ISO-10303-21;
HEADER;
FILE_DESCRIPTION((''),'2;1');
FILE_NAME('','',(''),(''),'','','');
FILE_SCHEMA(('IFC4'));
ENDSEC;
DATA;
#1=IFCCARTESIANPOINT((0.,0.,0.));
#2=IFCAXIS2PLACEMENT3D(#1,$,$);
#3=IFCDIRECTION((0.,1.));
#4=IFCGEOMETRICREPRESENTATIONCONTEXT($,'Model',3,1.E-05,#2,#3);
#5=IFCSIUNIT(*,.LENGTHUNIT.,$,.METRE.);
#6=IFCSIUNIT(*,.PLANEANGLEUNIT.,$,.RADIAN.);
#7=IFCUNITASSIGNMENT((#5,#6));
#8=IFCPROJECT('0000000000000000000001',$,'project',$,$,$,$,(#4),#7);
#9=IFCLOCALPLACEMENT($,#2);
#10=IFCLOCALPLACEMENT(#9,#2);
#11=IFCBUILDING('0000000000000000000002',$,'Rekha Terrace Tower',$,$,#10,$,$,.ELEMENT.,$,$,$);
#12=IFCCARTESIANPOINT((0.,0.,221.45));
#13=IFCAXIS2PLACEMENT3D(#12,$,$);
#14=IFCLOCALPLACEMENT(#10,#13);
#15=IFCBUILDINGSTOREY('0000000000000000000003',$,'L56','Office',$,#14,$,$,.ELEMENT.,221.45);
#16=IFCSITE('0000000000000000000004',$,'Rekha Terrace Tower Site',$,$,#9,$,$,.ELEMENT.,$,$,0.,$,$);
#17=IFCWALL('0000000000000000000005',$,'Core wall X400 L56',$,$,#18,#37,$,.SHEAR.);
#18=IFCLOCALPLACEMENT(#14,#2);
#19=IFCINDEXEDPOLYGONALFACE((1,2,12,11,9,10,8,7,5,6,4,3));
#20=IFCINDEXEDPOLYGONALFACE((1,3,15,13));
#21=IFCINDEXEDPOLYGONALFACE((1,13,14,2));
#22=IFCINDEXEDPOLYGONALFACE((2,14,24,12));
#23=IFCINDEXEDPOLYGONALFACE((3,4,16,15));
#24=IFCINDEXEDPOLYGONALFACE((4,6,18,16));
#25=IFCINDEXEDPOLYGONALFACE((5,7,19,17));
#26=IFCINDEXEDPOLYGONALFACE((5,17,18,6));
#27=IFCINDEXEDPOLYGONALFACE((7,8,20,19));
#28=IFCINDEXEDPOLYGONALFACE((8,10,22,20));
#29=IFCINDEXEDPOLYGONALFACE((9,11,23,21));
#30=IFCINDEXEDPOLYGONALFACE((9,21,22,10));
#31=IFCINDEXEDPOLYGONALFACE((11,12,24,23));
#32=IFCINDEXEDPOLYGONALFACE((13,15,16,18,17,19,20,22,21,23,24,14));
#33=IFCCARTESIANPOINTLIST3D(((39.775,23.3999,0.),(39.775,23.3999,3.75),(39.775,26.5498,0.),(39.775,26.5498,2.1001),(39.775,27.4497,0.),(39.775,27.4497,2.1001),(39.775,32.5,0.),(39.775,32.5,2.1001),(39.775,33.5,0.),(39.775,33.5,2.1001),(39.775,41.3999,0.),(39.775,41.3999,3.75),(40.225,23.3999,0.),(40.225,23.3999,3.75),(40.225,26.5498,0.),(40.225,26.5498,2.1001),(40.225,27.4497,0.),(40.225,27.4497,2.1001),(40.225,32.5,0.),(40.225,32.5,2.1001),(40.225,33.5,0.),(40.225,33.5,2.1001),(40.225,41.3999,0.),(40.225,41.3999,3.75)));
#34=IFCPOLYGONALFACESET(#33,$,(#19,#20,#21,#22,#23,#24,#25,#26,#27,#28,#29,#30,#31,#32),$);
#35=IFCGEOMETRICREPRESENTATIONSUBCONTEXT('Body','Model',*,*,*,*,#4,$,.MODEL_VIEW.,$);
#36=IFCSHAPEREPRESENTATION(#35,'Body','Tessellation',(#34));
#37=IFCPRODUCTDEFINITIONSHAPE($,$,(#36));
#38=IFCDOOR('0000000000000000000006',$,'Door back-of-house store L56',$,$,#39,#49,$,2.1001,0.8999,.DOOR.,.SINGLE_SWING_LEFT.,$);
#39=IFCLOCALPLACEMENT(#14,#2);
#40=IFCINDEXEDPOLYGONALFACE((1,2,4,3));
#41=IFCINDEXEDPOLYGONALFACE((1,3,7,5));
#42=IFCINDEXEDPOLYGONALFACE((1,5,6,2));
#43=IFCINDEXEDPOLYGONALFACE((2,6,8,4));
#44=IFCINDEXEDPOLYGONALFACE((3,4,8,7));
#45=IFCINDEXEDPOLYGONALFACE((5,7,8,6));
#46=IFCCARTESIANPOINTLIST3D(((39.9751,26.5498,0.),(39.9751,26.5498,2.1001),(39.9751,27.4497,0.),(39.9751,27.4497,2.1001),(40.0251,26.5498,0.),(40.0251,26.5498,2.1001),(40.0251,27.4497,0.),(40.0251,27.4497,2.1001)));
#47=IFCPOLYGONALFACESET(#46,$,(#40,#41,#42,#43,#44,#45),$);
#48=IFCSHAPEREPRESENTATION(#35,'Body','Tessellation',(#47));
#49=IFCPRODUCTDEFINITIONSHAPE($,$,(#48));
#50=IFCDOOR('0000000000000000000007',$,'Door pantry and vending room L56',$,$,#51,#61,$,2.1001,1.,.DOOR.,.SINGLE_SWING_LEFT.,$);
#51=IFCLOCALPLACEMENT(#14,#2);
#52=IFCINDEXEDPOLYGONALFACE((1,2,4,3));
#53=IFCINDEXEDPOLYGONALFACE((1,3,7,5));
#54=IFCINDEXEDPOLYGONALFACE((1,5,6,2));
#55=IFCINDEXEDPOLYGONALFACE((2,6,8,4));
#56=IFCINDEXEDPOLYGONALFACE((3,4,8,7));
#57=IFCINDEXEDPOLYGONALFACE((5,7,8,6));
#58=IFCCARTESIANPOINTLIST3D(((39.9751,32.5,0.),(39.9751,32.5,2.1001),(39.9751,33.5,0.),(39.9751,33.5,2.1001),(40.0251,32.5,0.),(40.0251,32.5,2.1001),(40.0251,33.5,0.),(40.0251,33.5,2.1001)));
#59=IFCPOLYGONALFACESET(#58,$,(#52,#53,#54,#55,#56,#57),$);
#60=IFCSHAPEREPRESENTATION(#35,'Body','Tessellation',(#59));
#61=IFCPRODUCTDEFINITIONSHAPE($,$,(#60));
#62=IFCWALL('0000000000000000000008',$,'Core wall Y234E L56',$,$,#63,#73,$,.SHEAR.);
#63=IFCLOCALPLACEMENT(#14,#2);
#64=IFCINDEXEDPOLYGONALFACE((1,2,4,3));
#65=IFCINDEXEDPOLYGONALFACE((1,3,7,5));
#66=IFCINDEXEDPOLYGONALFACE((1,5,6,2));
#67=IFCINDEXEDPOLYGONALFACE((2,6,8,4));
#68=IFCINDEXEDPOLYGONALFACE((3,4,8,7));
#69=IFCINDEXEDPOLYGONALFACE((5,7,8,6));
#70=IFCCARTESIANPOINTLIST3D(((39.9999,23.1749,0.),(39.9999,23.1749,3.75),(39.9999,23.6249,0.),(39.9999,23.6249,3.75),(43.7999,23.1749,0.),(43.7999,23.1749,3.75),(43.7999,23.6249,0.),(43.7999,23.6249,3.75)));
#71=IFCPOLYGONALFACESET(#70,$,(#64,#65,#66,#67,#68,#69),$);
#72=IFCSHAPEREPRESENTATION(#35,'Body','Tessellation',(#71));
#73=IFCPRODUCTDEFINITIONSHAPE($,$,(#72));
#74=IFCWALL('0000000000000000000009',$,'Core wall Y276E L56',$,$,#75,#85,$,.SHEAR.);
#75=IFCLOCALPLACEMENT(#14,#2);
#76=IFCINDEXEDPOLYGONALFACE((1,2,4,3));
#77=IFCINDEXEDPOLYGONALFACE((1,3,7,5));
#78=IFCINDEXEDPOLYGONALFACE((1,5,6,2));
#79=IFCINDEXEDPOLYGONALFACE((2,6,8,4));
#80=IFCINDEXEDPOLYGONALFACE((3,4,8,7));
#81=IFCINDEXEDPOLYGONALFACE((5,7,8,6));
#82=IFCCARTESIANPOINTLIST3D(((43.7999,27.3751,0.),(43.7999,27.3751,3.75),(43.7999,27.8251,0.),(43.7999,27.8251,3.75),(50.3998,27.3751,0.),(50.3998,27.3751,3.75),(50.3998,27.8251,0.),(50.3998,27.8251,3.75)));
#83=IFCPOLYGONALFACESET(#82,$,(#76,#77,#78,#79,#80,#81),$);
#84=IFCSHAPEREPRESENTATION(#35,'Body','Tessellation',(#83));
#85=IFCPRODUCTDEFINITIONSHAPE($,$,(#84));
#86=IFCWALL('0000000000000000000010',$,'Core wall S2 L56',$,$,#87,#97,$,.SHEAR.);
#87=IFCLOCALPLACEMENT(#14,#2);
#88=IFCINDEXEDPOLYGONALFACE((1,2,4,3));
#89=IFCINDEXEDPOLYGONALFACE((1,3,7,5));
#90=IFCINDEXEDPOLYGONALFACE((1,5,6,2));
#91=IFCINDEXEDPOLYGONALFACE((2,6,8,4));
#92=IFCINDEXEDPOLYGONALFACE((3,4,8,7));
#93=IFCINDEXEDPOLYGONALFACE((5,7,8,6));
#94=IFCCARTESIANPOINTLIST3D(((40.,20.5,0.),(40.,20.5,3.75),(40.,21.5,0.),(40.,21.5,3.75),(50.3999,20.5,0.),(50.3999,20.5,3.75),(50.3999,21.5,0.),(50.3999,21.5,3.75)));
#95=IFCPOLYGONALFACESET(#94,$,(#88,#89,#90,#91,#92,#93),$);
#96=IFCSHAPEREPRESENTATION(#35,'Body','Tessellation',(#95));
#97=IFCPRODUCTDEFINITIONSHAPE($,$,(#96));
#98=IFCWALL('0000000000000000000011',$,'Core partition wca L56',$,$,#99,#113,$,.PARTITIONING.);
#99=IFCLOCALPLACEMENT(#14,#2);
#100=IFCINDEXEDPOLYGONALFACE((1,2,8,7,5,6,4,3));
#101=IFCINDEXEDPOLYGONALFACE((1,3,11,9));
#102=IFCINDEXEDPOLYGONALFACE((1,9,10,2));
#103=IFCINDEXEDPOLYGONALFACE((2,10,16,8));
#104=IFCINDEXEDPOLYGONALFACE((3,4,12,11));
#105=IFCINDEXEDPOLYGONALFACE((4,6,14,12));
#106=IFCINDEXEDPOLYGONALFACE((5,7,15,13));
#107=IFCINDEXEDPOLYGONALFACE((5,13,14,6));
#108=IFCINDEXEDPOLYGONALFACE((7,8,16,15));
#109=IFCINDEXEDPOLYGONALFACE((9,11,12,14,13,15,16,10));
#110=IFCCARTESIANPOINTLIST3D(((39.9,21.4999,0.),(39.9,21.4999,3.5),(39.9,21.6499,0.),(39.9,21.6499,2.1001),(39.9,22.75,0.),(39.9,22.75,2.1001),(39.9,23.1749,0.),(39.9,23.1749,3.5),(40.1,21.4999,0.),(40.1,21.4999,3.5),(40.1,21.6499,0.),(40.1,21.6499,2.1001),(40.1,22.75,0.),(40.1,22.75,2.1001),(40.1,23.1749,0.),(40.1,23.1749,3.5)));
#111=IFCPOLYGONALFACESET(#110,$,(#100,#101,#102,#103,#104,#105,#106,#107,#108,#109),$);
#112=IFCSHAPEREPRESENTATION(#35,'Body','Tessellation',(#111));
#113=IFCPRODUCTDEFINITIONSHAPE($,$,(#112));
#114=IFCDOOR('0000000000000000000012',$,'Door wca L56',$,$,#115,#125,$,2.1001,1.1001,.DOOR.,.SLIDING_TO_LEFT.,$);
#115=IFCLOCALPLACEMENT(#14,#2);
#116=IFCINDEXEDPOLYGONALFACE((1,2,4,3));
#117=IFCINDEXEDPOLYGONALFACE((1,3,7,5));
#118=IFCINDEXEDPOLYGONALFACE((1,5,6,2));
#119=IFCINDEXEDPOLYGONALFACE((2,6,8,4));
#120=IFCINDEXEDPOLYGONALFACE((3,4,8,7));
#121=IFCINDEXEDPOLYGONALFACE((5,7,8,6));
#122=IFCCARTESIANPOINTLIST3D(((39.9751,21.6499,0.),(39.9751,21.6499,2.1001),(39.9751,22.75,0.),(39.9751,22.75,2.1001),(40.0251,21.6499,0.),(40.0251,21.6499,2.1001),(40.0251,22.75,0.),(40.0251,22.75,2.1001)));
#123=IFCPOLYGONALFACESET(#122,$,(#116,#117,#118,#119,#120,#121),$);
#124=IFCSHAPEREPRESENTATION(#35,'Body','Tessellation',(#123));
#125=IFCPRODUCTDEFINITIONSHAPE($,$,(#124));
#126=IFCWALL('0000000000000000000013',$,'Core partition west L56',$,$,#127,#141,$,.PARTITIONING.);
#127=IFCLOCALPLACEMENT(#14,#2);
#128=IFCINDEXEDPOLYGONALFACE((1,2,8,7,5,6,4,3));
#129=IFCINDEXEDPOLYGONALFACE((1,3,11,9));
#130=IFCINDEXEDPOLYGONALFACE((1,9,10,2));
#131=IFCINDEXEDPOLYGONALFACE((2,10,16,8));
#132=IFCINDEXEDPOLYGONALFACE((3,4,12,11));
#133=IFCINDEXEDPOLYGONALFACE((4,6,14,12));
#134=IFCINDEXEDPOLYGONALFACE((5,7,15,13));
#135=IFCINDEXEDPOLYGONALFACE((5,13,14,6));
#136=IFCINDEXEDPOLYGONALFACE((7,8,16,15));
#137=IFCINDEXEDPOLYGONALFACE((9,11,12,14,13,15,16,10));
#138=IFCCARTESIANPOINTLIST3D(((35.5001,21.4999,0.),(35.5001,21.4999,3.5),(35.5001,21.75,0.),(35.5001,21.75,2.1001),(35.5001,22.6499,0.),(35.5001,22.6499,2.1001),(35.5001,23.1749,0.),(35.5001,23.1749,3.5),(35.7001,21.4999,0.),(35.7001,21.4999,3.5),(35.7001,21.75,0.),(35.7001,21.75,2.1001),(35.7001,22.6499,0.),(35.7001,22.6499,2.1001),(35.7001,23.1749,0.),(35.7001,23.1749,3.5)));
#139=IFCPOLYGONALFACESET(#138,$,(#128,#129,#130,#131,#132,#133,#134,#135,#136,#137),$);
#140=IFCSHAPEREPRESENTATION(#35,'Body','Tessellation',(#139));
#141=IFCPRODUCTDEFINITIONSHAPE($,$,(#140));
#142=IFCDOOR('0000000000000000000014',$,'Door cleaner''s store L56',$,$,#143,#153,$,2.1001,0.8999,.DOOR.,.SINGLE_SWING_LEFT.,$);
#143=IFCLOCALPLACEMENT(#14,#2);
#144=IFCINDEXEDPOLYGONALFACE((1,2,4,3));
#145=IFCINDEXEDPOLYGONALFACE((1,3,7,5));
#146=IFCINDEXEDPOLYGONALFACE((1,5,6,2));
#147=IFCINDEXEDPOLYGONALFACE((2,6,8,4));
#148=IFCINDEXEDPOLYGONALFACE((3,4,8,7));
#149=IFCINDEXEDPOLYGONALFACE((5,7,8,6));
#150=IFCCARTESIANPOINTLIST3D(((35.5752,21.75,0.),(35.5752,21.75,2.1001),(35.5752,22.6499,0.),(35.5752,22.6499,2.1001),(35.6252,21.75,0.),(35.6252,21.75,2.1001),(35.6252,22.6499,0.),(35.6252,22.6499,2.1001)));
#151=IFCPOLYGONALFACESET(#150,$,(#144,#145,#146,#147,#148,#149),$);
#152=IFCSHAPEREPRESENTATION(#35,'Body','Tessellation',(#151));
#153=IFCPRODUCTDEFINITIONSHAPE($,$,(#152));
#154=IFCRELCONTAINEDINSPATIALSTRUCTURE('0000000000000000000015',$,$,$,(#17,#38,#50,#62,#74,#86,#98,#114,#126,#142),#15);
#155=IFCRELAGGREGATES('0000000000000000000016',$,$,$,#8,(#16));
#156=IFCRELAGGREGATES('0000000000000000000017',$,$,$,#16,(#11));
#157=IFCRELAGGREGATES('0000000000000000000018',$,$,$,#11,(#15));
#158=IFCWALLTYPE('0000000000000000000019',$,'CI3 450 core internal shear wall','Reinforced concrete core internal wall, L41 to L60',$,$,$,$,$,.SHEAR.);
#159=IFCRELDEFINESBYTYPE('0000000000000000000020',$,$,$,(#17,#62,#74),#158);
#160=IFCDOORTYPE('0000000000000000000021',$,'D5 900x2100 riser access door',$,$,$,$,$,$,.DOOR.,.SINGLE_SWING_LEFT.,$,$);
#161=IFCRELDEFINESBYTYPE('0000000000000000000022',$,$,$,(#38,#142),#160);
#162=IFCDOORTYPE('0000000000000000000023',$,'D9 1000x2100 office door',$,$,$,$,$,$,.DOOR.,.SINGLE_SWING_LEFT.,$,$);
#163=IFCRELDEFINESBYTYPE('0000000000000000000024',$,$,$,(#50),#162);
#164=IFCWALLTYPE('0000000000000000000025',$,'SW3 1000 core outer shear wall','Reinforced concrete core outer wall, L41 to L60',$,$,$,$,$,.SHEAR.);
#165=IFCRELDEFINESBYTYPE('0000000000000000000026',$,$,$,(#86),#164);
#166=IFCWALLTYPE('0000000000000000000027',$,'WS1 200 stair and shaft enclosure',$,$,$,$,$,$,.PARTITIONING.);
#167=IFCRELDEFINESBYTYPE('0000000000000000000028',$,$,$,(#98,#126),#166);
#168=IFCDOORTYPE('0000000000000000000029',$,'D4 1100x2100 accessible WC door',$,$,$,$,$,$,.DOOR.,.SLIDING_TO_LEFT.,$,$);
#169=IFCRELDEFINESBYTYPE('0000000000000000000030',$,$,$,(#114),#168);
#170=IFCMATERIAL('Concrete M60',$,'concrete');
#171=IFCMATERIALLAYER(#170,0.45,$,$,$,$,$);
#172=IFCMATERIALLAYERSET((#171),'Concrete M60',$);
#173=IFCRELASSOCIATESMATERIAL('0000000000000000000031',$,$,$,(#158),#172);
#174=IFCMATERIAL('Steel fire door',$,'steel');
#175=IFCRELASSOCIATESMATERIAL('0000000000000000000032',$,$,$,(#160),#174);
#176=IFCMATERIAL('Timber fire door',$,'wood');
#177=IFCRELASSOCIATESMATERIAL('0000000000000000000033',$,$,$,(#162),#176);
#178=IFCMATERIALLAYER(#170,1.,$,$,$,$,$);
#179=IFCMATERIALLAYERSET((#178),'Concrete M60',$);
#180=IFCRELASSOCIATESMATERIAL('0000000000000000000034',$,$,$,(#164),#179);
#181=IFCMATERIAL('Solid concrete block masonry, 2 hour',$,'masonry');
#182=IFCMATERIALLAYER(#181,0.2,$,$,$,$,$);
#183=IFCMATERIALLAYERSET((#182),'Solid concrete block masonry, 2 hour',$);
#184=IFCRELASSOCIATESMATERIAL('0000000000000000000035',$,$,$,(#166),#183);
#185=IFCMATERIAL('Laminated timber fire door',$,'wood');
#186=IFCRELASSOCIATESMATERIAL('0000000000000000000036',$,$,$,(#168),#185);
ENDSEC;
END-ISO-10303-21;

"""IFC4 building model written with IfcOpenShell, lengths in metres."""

from ifc_helpers import new_model, si_unit, direction, frame, frame_2d, origin, place, context, subcontext, project, spatial, rectangle, extrude, material, layer, layer_set, type_object, element, fill, save


model = new_model("IFC4")

# Units and contexts
model_context = context("Model", 3, precision=1e-05, world=origin(), true_north=direction((0.0, 1.0)))
body_context = subcontext(model_context, "Body", "Model", "MODEL_VIEW")
ifc_project = project(units=[si_unit("LENGTHUNIT", "METRE"), si_unit("PLANEANGLEUNIT", "RADIAN")], contexts=[model_context])

# Site, building, storey
site_placement = place(None, origin())
site = spatial("IfcSite", under=ifc_project, at=site_placement, Name="Rekha Terrace Tower Site", CompositionType="ELEMENT", RefElevation=0.0)
building_placement = place(site_placement, origin())
building = spatial("IfcBuilding", under=site, at=building_placement, Name="Rekha Terrace Tower", CompositionType="ELEMENT")
storey_placement = place(building_placement, frame((0.0, 0.0, 221.45)))
storey = spatial("IfcBuildingStorey", under=building, at=storey_placement, Name="L56", Description="Office", CompositionType="ELEMENT", Elevation=221.45)

# Shared definitions
ifc_material_1 = material(Name="Concrete M60", Category="concrete")

# Shared definitions
ifc_layer_1 = layer(ifc_material_1, 0.45)
ifc_layer_set_1 = layer_set([ifc_layer_1], Name="Concrete M60")
wall_type_1 = type_object("IfcWallType", Name="CI3 450 core internal shear wall", Description="Reinforced concrete core internal wall, L41 to L60", PredefinedType="SHEAR", material=ifc_layer_set_1)

# Wall, openings, doors
wall_1_placement = place(storey_placement, frame((40.0, 23.3999, 0.0), z_axis=(0.0, 0.0, 1.0), x_axis=(0.0, 1.0, 0.0)))
wall_1 = element("IfcWall", 1, at=wall_1_placement, inside=storey, type_object=wall_type_1, Name="Core wall X400 L56", PredefinedType="SHEAR", context=body_context, shape_type="SweptSolid", body=[
    extrude(rectangle(XDim=18.0, YDim=0.45, at=frame_2d((9.0, 0.0))), origin(), (0.0, 0.0, 1.0), 3.75),
])
opening_1_placement = place(wall_1_placement, frame((3.1499, 0.0, 0.0)))
opening_1 = element("IfcOpeningElement", 2, at=opening_1_placement, cuts=wall_1, PredefinedType="OPENING", context=body_context, shape_type="SweptSolid", body=[
    extrude(rectangle(XDim=0.8999, YDim=2.1001, at=frame_2d((0.45, 1.05))), frame((0.0, 0.2349, 0.0), z_axis=(0.0, -1.0, 0.0), x_axis=(1.0, 0.0, 0.0)), (0.0, 0.0, 1.0), 0.47),
])
opening_2_placement = place(wall_1_placement, frame((9.1001, 0.0, 0.0)))
opening_2 = element("IfcOpeningElement", 3, at=opening_2_placement, cuts=wall_1, PredefinedType="OPENING", context=body_context, shape_type="SweptSolid", body=[
    extrude(rectangle(XDim=1.0, YDim=2.1001, at=frame_2d((0.5, 1.05))), frame((0.0, 0.2349, 0.0), z_axis=(0.0, -1.0, 0.0), x_axis=(1.0, 0.0, 0.0)), (0.0, 0.0, 1.0), 0.47),
])
ifc_material_2 = material(Name="Steel fire door", Category="steel")
door_type_1 = type_object("IfcDoorType", Name="D5 900x2100 riser access door", OperationType="SINGLE_SWING_LEFT", PredefinedType="DOOR", material=ifc_material_2)
door_1_placement = place(opening_1_placement, origin())
door_1 = element("IfcDoor", 4, at=door_1_placement, inside=storey, type_object=door_type_1, Name="Door back-of-house store L56", OperationType="SINGLE_SWING_LEFT", OverallHeight=2.1001, OverallWidth=0.8999, PredefinedType="DOOR", context=body_context, shape_type="SweptSolid", body=[
    extrude(rectangle(XDim=0.8999, YDim=2.1001, at=frame_2d((0.45, 1.05))), frame((0.0, 0.0249, 0.0), z_axis=(0.0, -1.0, 0.0), x_axis=(1.0, 0.0, 0.0)), (0.0, 0.0, 1.0), 0.05),
])
fill(opening_1, door_1)
ifc_material_3 = material(Name="Timber fire door", Category="wood")
door_type_2 = type_object("IfcDoorType", Name="D9 1000x2100 office door", OperationType="SINGLE_SWING_LEFT", PredefinedType="DOOR", material=ifc_material_3)
door_2_placement = place(opening_2_placement, origin())
door_2 = element("IfcDoor", 5, at=door_2_placement, inside=storey, type_object=door_type_2, Name="Door pantry and vending room L56", OperationType="SINGLE_SWING_LEFT", OverallHeight=2.1001, OverallWidth=1.0, PredefinedType="DOOR", context=body_context, shape_type="SweptSolid", body=[
    extrude(rectangle(XDim=1.0, YDim=2.1001, at=frame_2d((0.5, 1.05))), frame((0.0, 0.0249, 0.0), z_axis=(0.0, -1.0, 0.0), x_axis=(1.0, 0.0, 0.0)), (0.0, 0.0, 1.0), 0.05),
])
fill(opening_2, door_2)

# Walls
wall_2_placement = place(storey_placement, frame((40.0, 23.3999, 0.0), z_axis=(0.0, 0.0, 1.0), x_axis=(1.0, 0.0, 0.0)))
element("IfcWall", 6, at=wall_2_placement, inside=storey, type_object=wall_type_1, Name="Core wall Y234E L56", PredefinedType="SHEAR", context=body_context, shape_type="SweptSolid", body=[
    extrude(rectangle(XDim=3.8, YDim=0.45, at=frame_2d((1.8999, 0.0))), origin(), (0.0, 0.0, 1.0), 3.75),
])
wall_3_placement = place(storey_placement, frame((43.8, 27.6001, 0.0), z_axis=(0.0, 0.0, 1.0), x_axis=(1.0, 0.0, 0.0)))
element("IfcWall", 7, at=wall_3_placement, inside=storey, type_object=wall_type_1, Name="Core wall Y276E L56", PredefinedType="SHEAR", context=body_context, shape_type="SweptSolid", body=[
    extrude(rectangle(XDim=6.5999, YDim=0.45, at=frame_2d((3.2998, 0.0))), origin(), (0.0, 0.0, 1.0), 3.75),
])
ifc_layer_2 = layer(ifc_material_1, 1.0)
ifc_layer_set_2 = layer_set([ifc_layer_2], Name="Concrete M60")
wall_type_2 = type_object("IfcWallType", Name="SW3 1000 core outer shear wall", Description="Reinforced concrete core outer wall, L41 to L60", PredefinedType="SHEAR", material=ifc_layer_set_2)
wall_4_placement = place(storey_placement, frame((40.0, 21.0, 0.0), z_axis=(0.0, 0.0, 1.0), x_axis=(1.0, 0.0, 0.0)))
element("IfcWall", 8, at=wall_4_placement, inside=storey, type_object=wall_type_2, Name="Core wall S2 L56", PredefinedType="SHEAR", context=body_context, shape_type="SweptSolid", body=[
    extrude(rectangle(XDim=10.3999, YDim=1.0, at=frame_2d((5.2, 0.0))), origin(), (0.0, 0.0, 1.0), 3.75),
])

# Walls, openings, doors
ifc_material_4 = material(Name="Solid concrete block masonry, 2 hour", Category="masonry")
ifc_layer_3 = layer(ifc_material_4, 0.2)
ifc_layer_set_3 = layer_set([ifc_layer_3], Name="Solid concrete block masonry, 2 hour")
wall_type_3 = type_object("IfcWallType", Name="WS1 200 stair and shaft enclosure", PredefinedType="PARTITIONING", material=ifc_layer_set_3)
wall_5_placement = place(storey_placement, frame((40.0, 21.5, 0.0), z_axis=(0.0, 0.0, 1.0), x_axis=(0.0, 1.0, 0.0)))
wall_5 = element("IfcWall", 9, at=wall_5_placement, inside=storey, type_object=wall_type_3, Name="Core partition wca L56", PredefinedType="PARTITIONING", context=body_context, shape_type="SweptSolid", body=[
    extrude(rectangle(XDim=1.675, YDim=0.2, at=frame_2d((0.8374, 0.0))), origin(), (0.0, 0.0, 1.0), 3.5),
])
opening_3_placement = place(wall_5_placement, frame((0.1499, 0.0, 0.0)))
opening_3 = element("IfcOpeningElement", 10, at=opening_3_placement, cuts=wall_5, PredefinedType="OPENING", context=body_context, shape_type="SweptSolid", body=[
    extrude(rectangle(XDim=1.1001, YDim=2.1001, at=frame_2d((0.55, 1.05))), frame((0.0, 0.1099, 0.0), z_axis=(0.0, -1.0, 0.0), x_axis=(1.0, 0.0, 0.0)), (0.0, 0.0, 1.0), 0.22),
])
ifc_material_5 = material(Name="Laminated timber fire door", Category="wood")
door_type_3 = type_object("IfcDoorType", Name="D4 1100x2100 accessible WC door", OperationType="SLIDING_TO_LEFT", PredefinedType="DOOR", material=ifc_material_5)
door_3_placement = place(opening_3_placement, origin())
door_3 = element("IfcDoor", 11, at=door_3_placement, inside=storey, type_object=door_type_3, Name="Door wca L56", OperationType="SLIDING_TO_LEFT", OverallHeight=2.1001, OverallWidth=1.1001, PredefinedType="DOOR", context=body_context, shape_type="SweptSolid", body=[
    extrude(rectangle(XDim=1.1001, YDim=2.1001, at=frame_2d((0.55, 1.05))), frame((0.0, 0.0249, 0.0), z_axis=(0.0, -1.0, 0.0), x_axis=(1.0, 0.0, 0.0)), (0.0, 0.0, 1.0), 0.05),
])
fill(opening_3, door_3)
wall_6_placement = place(storey_placement, frame((35.6001, 21.5, 0.0), z_axis=(0.0, 0.0, 1.0), x_axis=(0.0, 1.0, 0.0)))
wall_6 = element("IfcWall", 12, at=wall_6_placement, inside=storey, type_object=wall_type_3, Name="Core partition west L56", PredefinedType="PARTITIONING", context=body_context, shape_type="SweptSolid", body=[
    extrude(rectangle(XDim=1.675, YDim=0.2, at=frame_2d((0.8374, 0.0))), origin(), (0.0, 0.0, 1.0), 3.5),
])
opening_4_placement = place(wall_6_placement, frame((0.25, 0.0, 0.0)))
opening_4 = element("IfcOpeningElement", 13, at=opening_4_placement, cuts=wall_6, PredefinedType="OPENING", context=body_context, shape_type="SweptSolid", body=[
    extrude(rectangle(XDim=0.8999, YDim=2.1001, at=frame_2d((0.45, 1.05))), frame((0.0, 0.1099, 0.0), z_axis=(0.0, -1.0, 0.0), x_axis=(1.0, 0.0, 0.0)), (0.0, 0.0, 1.0), 0.22),
])
door_4_placement = place(opening_4_placement, origin())
door_4 = element("IfcDoor", 14, at=door_4_placement, inside=storey, type_object=door_type_1, Name="Door cleaner's store L56", OperationType="SINGLE_SWING_LEFT", OverallHeight=2.1001, OverallWidth=0.8999, PredefinedType="DOOR", context=body_context, shape_type="SweptSolid", body=[
    extrude(rectangle(XDim=0.8999, YDim=2.1001, at=frame_2d((0.45, 1.05))), frame((0.0, 0.0249, 0.0), z_axis=(0.0, -1.0, 0.0), x_axis=(1.0, 0.0, 0.0)), (0.0, 0.0, 1.0), 0.05),
])
fill(opening_4, door_4)

save(model, "model.ifc")
